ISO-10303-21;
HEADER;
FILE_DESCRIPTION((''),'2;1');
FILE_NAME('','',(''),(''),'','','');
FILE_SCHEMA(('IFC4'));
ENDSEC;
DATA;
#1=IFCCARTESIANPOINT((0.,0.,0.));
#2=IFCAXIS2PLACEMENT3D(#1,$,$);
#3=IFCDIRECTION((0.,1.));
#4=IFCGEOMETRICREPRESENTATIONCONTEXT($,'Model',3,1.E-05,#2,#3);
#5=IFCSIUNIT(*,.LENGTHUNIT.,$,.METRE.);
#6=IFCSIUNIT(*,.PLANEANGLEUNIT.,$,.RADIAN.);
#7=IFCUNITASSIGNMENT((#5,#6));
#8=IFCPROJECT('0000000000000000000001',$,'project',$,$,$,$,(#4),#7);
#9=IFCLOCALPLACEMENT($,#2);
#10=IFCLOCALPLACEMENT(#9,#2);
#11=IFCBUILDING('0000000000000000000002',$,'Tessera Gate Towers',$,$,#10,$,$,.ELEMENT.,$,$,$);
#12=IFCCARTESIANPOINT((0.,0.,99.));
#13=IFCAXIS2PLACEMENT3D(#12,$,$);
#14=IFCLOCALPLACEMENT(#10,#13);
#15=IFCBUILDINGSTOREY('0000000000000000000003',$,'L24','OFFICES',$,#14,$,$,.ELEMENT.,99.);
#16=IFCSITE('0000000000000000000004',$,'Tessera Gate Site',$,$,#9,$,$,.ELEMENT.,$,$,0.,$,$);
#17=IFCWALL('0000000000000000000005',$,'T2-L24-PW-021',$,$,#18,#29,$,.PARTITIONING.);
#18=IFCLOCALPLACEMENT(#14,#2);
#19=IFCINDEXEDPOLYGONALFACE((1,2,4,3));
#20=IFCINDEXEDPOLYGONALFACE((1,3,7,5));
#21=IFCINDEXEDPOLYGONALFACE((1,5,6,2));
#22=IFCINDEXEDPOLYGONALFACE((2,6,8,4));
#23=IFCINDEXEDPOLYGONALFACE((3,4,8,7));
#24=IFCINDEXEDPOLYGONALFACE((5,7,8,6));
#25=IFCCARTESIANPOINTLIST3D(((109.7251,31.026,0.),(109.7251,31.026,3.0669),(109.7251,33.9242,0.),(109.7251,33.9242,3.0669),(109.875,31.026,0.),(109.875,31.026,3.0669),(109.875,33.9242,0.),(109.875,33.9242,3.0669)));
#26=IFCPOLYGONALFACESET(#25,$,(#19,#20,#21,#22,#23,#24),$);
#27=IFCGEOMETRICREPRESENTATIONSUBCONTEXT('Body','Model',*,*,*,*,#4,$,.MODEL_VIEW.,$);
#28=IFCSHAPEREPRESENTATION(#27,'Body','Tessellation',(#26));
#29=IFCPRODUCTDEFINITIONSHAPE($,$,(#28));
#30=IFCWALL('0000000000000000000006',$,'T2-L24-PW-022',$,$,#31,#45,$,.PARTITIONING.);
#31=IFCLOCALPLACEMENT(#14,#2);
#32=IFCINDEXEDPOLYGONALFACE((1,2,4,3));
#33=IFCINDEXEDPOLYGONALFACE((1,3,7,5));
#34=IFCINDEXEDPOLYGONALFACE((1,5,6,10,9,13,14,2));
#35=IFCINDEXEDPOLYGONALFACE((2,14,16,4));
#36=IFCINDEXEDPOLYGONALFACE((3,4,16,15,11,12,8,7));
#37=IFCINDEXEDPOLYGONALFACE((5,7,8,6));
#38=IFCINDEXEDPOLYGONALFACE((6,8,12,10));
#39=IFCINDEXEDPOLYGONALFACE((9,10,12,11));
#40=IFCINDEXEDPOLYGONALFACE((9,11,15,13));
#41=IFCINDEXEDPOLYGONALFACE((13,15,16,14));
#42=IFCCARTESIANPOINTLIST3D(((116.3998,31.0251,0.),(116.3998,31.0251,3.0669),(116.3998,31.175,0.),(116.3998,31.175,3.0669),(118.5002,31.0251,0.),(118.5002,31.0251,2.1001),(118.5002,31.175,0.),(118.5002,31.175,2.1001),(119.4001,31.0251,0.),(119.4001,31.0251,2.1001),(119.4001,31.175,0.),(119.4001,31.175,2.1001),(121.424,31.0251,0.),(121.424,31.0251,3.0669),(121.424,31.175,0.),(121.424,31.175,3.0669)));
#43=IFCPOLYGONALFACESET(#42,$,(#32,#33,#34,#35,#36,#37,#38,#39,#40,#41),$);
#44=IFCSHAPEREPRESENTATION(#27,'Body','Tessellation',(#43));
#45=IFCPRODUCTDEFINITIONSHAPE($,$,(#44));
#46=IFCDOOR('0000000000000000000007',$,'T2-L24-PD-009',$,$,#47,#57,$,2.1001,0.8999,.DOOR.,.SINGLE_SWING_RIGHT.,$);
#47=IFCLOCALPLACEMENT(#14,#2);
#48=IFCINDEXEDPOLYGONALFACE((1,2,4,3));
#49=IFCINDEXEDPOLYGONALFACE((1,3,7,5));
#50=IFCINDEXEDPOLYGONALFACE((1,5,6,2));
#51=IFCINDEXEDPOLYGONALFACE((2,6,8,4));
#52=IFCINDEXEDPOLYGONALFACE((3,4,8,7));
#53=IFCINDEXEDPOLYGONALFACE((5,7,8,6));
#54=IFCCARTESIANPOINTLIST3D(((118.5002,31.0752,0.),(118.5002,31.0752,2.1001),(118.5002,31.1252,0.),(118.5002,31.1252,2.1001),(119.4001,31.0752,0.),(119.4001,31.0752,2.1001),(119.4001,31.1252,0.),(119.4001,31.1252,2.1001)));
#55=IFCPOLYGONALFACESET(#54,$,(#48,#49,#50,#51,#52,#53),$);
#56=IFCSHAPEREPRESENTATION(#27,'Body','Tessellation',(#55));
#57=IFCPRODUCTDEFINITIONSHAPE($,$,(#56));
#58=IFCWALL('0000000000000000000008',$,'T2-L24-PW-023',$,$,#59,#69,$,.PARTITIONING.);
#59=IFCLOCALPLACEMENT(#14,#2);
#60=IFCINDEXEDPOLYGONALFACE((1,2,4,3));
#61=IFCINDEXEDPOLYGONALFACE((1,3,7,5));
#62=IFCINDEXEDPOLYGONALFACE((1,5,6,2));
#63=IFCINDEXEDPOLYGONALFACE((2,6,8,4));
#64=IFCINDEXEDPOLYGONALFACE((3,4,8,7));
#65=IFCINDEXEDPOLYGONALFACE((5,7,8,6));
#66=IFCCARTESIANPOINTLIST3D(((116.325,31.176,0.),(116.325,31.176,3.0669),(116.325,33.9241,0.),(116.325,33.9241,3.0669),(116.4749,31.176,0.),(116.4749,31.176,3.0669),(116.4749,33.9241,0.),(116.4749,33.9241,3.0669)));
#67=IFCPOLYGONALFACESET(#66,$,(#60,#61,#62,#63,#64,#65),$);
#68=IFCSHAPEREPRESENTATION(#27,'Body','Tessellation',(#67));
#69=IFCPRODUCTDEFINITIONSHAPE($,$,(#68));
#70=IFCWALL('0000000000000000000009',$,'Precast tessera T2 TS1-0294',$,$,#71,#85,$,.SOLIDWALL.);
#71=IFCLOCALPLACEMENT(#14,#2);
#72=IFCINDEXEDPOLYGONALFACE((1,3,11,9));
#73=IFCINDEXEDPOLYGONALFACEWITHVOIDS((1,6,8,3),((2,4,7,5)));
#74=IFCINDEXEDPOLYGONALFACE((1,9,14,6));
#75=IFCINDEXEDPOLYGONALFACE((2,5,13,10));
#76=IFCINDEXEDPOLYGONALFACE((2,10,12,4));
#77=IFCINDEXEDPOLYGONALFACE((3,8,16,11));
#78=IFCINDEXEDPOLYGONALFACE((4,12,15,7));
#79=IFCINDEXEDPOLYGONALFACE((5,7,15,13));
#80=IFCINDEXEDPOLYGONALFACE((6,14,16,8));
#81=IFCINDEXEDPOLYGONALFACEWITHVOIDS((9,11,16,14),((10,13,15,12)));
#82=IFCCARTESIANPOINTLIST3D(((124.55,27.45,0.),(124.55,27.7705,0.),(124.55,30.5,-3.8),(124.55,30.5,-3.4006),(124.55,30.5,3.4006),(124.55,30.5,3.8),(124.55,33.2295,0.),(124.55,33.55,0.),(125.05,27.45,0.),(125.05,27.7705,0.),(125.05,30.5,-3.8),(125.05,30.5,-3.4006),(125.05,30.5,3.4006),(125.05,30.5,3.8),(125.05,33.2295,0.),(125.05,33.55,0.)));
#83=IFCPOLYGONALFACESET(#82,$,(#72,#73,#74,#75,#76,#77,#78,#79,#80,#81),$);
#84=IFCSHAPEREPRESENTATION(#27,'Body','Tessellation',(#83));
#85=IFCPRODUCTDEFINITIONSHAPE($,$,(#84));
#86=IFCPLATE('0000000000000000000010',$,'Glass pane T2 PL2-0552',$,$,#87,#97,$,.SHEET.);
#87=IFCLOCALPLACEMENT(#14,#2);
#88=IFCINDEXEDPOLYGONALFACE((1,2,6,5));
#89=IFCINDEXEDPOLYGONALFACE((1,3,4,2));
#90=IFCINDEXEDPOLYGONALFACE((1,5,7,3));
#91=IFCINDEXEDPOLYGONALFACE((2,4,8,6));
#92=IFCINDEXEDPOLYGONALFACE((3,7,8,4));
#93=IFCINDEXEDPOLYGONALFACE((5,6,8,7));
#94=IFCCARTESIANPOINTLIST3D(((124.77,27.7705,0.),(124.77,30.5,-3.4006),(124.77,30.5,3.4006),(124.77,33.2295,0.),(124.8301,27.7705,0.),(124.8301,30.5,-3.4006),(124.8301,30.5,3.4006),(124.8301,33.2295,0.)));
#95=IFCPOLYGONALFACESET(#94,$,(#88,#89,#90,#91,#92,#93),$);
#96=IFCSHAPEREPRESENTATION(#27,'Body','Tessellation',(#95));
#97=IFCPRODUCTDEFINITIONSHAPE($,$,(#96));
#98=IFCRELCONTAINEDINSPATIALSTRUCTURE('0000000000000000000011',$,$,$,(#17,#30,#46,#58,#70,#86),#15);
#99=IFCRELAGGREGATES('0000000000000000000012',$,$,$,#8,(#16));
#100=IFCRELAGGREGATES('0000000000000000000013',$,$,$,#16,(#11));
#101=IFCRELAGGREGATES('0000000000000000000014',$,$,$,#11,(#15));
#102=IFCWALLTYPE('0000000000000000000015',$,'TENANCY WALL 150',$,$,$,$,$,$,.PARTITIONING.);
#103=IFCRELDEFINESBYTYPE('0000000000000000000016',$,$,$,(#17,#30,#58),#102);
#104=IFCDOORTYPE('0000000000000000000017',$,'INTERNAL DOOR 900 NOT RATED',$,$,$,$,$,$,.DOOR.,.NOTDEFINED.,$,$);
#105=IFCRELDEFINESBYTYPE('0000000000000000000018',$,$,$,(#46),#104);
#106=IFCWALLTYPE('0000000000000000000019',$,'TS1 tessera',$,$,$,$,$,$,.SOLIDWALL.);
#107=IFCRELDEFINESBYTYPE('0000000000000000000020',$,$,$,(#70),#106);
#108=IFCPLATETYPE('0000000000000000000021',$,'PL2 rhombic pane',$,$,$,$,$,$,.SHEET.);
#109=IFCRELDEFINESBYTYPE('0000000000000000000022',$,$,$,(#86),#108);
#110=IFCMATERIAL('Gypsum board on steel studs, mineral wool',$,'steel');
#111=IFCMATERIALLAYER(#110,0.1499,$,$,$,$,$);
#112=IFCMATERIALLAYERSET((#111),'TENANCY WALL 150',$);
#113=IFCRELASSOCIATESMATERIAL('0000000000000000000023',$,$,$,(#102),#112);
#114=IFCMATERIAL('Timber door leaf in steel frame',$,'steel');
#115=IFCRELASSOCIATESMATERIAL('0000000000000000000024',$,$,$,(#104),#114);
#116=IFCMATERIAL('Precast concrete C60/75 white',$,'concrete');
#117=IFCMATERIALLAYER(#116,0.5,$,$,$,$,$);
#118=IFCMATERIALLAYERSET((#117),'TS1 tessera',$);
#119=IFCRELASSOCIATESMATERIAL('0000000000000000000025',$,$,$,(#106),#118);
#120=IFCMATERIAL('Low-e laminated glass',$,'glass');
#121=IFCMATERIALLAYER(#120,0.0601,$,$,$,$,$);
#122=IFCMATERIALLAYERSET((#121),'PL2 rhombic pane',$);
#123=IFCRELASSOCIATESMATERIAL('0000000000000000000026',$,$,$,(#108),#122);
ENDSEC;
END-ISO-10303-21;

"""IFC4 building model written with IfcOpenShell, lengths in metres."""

from ifc_helpers import new_model, si_unit, direction, frame, frame_2d, origin, place, context, subcontext, project, spatial, polyline, rectangle, outline, extrude, source, transform, mapped, material, layer, layer_set, type_object, element, fill, save


model = new_model("IFC4")

# Units and contexts
model_context = context("Model", 3, precision=1e-05, world=origin(), true_north=direction((0.0, 1.0)))
body_context = subcontext(model_context, "Body", "Model", "MODEL_VIEW")
ifc_project = project(units=[si_unit("LENGTHUNIT", "METRE"), si_unit("PLANEANGLEUNIT", "RADIAN")], contexts=[model_context])

# Site, building, storey
site_placement = place(None, origin())
site = spatial("IfcSite", under=ifc_project, at=site_placement, Name="Tessera Gate Site", CompositionType="ELEMENT", RefElevation=0.0)
building_placement = place(site_placement, origin())
building = spatial("IfcBuilding", under=site, at=building_placement, Name="Tessera Gate Towers", CompositionType="ELEMENT")
storey_placement = place(building_placement, frame((0.0, 0.0, 99.0)))
storey = spatial("IfcBuildingStorey", under=building, at=storey_placement, Name="L24", Description="OFFICES", CompositionType="ELEMENT", Elevation=99.0)

# Shared definitions
shared_shape_1 = source(origin(), body_context, "Body", "SweptSolid", [
    extrude(rectangle(XDim=0.8999, YDim=2.1001, at=frame_2d((0.45, 1.05))), frame((0.0, 0.085, 0.0), z_axis=(0.0, -1.0, 0.0), x_axis=(1.0, 0.0, 0.0)), (0.0, 0.0, 1.0), 0.1699),
])
shared_shape_2 = source(origin(), body_context, "Body", "SweptSolid", [
    extrude(rectangle(XDim=0.8999, YDim=2.1001, at=frame_2d((0.45, 1.05))), frame((0.0, 0.0249, 0.0), z_axis=(0.0, -1.0, 0.0), x_axis=(1.0, 0.0, 0.0)), (0.0, 0.0, 1.0), 0.05),
])

# Shared definitions
ifc_material_1 = material(Name="Gypsum board on steel studs, mineral wool", Category="steel")
ifc_layer_1 = layer(ifc_material_1, 0.1499)
ifc_layer_set_1 = layer_set([ifc_layer_1], Name="TENANCY WALL 150")
wall_type_1 = type_object("IfcWallType", Name="TENANCY WALL 150", PredefinedType="PARTITIONING", material=ifc_layer_set_1)
ifc_material_2 = material(Name="Timber door leaf in steel frame", Category="steel")
door_type_1 = type_object("IfcDoorType", Name="INTERNAL DOOR 900 NOT RATED", OperationType="NOTDEFINED", PredefinedType="DOOR", material=ifc_material_2)

# Wall
wall_1_placement = place(storey_placement, frame((109.8, 31.0259, 0.0), z_axis=(0.0, 0.0, 1.0), x_axis=(0.0, 1.0, 0.0)))
element("IfcWall", 1, at=wall_1_placement, inside=storey, type_object=wall_type_1, Name="T2-L24-PW-021", PredefinedType="PARTITIONING", context=body_context, shape_type="SweptSolid", body=[
    extrude(rectangle(XDim=2.8982, YDim=0.1499, at=frame_2d((1.4492, 0.0))), origin(), (0.0, 0.0, 1.0), 3.0669),
])

# Wall, opening, door
wall_2_placement = place(storey_placement, frame((121.4241, 31.1001, 0.0), z_axis=(0.0, 0.0, 1.0), x_axis=(-1.0, 0.0, 0.0)))
wall_2 = element("IfcWall", 2, at=wall_2_placement, inside=storey, type_object=wall_type_1, Name="T2-L24-PW-022", PredefinedType="PARTITIONING", context=body_context, shape_type="SweptSolid", body=[
    extrude(rectangle(XDim=5.0242, YDim=0.1499, at=frame_2d((2.5122, 0.0))), origin(), (0.0, 0.0, 1.0), 3.0669),
])
opening_1_placement = place(wall_2_placement, frame((2.0239, 0.0, 0.0)))
opening_1 = element("IfcOpeningElement", 3, at=opening_1_placement, cuts=wall_2, PredefinedType="OPENING", context=body_context, shape_type="MappedRepresentation", body=[
    mapped(shared_shape_1, transform((0.0, 0.0, 0.0), scale=1.0)),
])
door_1_placement = place(opening_1_placement, origin())
door_1 = element("IfcDoor", 4, at=door_1_placement, inside=storey, type_object=door_type_1, Name="T2-L24-PD-009", OperationType="SINGLE_SWING_RIGHT", OverallHeight=2.1001, OverallWidth=0.8999, PredefinedType="DOOR", context=body_context, shape_type="MappedRepresentation", body=[
    mapped(shared_shape_2, transform((0.0, 0.0, 0.0), scale=1.0)),
])
fill(opening_1, door_1)

# Wall
wall_3_placement = place(storey_placement, frame((116.3999, 31.176, 0.0), z_axis=(0.0, 0.0, 1.0), x_axis=(0.0, 1.0, 0.0)))
element("IfcWall", 5, at=wall_3_placement, inside=storey, type_object=wall_type_1, Name="T2-L24-PW-023", PredefinedType="PARTITIONING", context=body_context, shape_type="SweptSolid", body=[
    extrude(rectangle(XDim=2.748, YDim=0.1499, at=frame_2d((1.374, 0.0))), origin(), (0.0, 0.0, 1.0), 3.0669),
])

# Wall, opening, plate
ifc_material_3 = material(Name="Precast concrete C60/75 white", Category="concrete")
ifc_layer_2 = layer(ifc_material_3, 0.5)
ifc_layer_set_2 = layer_set([ifc_layer_2], Name="TS1 tessera")
wall_type_2 = type_object("IfcWallType", Name="TS1 tessera", PredefinedType="SOLIDWALL", material=ifc_layer_set_2)
shared_shape_3 = source(origin(), body_context, "Body", "SweptSolid", [
    extrude(outline(polyline([(3.05, 0.0), (6.1001, 3.8), (3.05, 7.6001), (0.0, 3.8), (3.05, 0.0)])), frame((0.0, 0.25, 0.0), z_axis=(0.0, -1.0, 0.0), x_axis=(1.0, 0.0, 0.0)), (0.0, 0.0, 1.0), 0.5),
])
wall_4_placement = place(storey_placement, frame((124.8, 27.45, -3.8), z_axis=(0.0, 0.0, 1.0), x_axis=(0.0, 1.0, 0.0)))
wall_4 = element("IfcWall", 6, at=wall_4_placement, inside=storey, type_object=wall_type_2, Name="Precast tessera T2 TS1-0294", PredefinedType="SOLIDWALL", context=body_context, shape_type="MappedRepresentation", body=[
    mapped(shared_shape_3, transform((0.0, 0.0, 0.0), scale=1.0)),
])
shared_shape_4 = source(origin(), body_context, "Body", "SweptSolid", [
    extrude(outline(polyline([(3.05, 0.3994), (5.7795, 3.8), (3.05, 7.2007), (0.3206, 3.8), (3.05, 0.3994)])), frame((0.0, 0.26, 0.0), z_axis=(0.0, -1.0, 0.0), x_axis=(1.0, 0.0, 0.0)), (0.0, 0.0, 1.0), 0.52),
])
opening_2_placement = place(wall_4_placement, origin())
opening_2 = element("IfcOpeningElement", 7, at=opening_2_placement, cuts=wall_4, PredefinedType="OPENING", context=body_context, shape_type="MappedRepresentation", body=[
    mapped(shared_shape_4, transform((0.0, 0.0, 0.0), scale=1.0)),
])
ifc_material_4 = material(Name="Low-e laminated glass", Category="glass")
ifc_layer_3 = layer(ifc_material_4, 0.0601)
ifc_layer_set_3 = layer_set([ifc_layer_3], Name="PL2 rhombic pane")
plate_type = type_object("IfcPlateType", Name="PL2 rhombic pane", PredefinedType="SHEET", material=ifc_layer_set_3)
shared_shape_5 = source(origin(), body_context, "Body", "SweptSolid", [
    extrude(outline(polyline([(3.05, 0.3994), (5.7795, 3.8), (3.05, 7.2007), (0.3206, 3.8), (3.05, 0.3994)])), frame((0.0, 0.03, 0.0), z_axis=(0.0, -1.0, 0.0), x_axis=(1.0, 0.0, 0.0)), (0.0, 0.0, 1.0), 0.0601),
])
plate_placement = place(opening_2_placement, origin())
plate = element("IfcPlate", 8, at=plate_placement, inside=storey, type_object=plate_type, Name="Glass pane T2 PL2-0552", PredefinedType="SHEET", context=body_context, shape_type="MappedRepresentation", body=[
    mapped(shared_shape_5, transform((0.0, 0.0, 0.0), scale=1.0)),
])
fill(opening_2, plate)

save(model, "model.ifc")
